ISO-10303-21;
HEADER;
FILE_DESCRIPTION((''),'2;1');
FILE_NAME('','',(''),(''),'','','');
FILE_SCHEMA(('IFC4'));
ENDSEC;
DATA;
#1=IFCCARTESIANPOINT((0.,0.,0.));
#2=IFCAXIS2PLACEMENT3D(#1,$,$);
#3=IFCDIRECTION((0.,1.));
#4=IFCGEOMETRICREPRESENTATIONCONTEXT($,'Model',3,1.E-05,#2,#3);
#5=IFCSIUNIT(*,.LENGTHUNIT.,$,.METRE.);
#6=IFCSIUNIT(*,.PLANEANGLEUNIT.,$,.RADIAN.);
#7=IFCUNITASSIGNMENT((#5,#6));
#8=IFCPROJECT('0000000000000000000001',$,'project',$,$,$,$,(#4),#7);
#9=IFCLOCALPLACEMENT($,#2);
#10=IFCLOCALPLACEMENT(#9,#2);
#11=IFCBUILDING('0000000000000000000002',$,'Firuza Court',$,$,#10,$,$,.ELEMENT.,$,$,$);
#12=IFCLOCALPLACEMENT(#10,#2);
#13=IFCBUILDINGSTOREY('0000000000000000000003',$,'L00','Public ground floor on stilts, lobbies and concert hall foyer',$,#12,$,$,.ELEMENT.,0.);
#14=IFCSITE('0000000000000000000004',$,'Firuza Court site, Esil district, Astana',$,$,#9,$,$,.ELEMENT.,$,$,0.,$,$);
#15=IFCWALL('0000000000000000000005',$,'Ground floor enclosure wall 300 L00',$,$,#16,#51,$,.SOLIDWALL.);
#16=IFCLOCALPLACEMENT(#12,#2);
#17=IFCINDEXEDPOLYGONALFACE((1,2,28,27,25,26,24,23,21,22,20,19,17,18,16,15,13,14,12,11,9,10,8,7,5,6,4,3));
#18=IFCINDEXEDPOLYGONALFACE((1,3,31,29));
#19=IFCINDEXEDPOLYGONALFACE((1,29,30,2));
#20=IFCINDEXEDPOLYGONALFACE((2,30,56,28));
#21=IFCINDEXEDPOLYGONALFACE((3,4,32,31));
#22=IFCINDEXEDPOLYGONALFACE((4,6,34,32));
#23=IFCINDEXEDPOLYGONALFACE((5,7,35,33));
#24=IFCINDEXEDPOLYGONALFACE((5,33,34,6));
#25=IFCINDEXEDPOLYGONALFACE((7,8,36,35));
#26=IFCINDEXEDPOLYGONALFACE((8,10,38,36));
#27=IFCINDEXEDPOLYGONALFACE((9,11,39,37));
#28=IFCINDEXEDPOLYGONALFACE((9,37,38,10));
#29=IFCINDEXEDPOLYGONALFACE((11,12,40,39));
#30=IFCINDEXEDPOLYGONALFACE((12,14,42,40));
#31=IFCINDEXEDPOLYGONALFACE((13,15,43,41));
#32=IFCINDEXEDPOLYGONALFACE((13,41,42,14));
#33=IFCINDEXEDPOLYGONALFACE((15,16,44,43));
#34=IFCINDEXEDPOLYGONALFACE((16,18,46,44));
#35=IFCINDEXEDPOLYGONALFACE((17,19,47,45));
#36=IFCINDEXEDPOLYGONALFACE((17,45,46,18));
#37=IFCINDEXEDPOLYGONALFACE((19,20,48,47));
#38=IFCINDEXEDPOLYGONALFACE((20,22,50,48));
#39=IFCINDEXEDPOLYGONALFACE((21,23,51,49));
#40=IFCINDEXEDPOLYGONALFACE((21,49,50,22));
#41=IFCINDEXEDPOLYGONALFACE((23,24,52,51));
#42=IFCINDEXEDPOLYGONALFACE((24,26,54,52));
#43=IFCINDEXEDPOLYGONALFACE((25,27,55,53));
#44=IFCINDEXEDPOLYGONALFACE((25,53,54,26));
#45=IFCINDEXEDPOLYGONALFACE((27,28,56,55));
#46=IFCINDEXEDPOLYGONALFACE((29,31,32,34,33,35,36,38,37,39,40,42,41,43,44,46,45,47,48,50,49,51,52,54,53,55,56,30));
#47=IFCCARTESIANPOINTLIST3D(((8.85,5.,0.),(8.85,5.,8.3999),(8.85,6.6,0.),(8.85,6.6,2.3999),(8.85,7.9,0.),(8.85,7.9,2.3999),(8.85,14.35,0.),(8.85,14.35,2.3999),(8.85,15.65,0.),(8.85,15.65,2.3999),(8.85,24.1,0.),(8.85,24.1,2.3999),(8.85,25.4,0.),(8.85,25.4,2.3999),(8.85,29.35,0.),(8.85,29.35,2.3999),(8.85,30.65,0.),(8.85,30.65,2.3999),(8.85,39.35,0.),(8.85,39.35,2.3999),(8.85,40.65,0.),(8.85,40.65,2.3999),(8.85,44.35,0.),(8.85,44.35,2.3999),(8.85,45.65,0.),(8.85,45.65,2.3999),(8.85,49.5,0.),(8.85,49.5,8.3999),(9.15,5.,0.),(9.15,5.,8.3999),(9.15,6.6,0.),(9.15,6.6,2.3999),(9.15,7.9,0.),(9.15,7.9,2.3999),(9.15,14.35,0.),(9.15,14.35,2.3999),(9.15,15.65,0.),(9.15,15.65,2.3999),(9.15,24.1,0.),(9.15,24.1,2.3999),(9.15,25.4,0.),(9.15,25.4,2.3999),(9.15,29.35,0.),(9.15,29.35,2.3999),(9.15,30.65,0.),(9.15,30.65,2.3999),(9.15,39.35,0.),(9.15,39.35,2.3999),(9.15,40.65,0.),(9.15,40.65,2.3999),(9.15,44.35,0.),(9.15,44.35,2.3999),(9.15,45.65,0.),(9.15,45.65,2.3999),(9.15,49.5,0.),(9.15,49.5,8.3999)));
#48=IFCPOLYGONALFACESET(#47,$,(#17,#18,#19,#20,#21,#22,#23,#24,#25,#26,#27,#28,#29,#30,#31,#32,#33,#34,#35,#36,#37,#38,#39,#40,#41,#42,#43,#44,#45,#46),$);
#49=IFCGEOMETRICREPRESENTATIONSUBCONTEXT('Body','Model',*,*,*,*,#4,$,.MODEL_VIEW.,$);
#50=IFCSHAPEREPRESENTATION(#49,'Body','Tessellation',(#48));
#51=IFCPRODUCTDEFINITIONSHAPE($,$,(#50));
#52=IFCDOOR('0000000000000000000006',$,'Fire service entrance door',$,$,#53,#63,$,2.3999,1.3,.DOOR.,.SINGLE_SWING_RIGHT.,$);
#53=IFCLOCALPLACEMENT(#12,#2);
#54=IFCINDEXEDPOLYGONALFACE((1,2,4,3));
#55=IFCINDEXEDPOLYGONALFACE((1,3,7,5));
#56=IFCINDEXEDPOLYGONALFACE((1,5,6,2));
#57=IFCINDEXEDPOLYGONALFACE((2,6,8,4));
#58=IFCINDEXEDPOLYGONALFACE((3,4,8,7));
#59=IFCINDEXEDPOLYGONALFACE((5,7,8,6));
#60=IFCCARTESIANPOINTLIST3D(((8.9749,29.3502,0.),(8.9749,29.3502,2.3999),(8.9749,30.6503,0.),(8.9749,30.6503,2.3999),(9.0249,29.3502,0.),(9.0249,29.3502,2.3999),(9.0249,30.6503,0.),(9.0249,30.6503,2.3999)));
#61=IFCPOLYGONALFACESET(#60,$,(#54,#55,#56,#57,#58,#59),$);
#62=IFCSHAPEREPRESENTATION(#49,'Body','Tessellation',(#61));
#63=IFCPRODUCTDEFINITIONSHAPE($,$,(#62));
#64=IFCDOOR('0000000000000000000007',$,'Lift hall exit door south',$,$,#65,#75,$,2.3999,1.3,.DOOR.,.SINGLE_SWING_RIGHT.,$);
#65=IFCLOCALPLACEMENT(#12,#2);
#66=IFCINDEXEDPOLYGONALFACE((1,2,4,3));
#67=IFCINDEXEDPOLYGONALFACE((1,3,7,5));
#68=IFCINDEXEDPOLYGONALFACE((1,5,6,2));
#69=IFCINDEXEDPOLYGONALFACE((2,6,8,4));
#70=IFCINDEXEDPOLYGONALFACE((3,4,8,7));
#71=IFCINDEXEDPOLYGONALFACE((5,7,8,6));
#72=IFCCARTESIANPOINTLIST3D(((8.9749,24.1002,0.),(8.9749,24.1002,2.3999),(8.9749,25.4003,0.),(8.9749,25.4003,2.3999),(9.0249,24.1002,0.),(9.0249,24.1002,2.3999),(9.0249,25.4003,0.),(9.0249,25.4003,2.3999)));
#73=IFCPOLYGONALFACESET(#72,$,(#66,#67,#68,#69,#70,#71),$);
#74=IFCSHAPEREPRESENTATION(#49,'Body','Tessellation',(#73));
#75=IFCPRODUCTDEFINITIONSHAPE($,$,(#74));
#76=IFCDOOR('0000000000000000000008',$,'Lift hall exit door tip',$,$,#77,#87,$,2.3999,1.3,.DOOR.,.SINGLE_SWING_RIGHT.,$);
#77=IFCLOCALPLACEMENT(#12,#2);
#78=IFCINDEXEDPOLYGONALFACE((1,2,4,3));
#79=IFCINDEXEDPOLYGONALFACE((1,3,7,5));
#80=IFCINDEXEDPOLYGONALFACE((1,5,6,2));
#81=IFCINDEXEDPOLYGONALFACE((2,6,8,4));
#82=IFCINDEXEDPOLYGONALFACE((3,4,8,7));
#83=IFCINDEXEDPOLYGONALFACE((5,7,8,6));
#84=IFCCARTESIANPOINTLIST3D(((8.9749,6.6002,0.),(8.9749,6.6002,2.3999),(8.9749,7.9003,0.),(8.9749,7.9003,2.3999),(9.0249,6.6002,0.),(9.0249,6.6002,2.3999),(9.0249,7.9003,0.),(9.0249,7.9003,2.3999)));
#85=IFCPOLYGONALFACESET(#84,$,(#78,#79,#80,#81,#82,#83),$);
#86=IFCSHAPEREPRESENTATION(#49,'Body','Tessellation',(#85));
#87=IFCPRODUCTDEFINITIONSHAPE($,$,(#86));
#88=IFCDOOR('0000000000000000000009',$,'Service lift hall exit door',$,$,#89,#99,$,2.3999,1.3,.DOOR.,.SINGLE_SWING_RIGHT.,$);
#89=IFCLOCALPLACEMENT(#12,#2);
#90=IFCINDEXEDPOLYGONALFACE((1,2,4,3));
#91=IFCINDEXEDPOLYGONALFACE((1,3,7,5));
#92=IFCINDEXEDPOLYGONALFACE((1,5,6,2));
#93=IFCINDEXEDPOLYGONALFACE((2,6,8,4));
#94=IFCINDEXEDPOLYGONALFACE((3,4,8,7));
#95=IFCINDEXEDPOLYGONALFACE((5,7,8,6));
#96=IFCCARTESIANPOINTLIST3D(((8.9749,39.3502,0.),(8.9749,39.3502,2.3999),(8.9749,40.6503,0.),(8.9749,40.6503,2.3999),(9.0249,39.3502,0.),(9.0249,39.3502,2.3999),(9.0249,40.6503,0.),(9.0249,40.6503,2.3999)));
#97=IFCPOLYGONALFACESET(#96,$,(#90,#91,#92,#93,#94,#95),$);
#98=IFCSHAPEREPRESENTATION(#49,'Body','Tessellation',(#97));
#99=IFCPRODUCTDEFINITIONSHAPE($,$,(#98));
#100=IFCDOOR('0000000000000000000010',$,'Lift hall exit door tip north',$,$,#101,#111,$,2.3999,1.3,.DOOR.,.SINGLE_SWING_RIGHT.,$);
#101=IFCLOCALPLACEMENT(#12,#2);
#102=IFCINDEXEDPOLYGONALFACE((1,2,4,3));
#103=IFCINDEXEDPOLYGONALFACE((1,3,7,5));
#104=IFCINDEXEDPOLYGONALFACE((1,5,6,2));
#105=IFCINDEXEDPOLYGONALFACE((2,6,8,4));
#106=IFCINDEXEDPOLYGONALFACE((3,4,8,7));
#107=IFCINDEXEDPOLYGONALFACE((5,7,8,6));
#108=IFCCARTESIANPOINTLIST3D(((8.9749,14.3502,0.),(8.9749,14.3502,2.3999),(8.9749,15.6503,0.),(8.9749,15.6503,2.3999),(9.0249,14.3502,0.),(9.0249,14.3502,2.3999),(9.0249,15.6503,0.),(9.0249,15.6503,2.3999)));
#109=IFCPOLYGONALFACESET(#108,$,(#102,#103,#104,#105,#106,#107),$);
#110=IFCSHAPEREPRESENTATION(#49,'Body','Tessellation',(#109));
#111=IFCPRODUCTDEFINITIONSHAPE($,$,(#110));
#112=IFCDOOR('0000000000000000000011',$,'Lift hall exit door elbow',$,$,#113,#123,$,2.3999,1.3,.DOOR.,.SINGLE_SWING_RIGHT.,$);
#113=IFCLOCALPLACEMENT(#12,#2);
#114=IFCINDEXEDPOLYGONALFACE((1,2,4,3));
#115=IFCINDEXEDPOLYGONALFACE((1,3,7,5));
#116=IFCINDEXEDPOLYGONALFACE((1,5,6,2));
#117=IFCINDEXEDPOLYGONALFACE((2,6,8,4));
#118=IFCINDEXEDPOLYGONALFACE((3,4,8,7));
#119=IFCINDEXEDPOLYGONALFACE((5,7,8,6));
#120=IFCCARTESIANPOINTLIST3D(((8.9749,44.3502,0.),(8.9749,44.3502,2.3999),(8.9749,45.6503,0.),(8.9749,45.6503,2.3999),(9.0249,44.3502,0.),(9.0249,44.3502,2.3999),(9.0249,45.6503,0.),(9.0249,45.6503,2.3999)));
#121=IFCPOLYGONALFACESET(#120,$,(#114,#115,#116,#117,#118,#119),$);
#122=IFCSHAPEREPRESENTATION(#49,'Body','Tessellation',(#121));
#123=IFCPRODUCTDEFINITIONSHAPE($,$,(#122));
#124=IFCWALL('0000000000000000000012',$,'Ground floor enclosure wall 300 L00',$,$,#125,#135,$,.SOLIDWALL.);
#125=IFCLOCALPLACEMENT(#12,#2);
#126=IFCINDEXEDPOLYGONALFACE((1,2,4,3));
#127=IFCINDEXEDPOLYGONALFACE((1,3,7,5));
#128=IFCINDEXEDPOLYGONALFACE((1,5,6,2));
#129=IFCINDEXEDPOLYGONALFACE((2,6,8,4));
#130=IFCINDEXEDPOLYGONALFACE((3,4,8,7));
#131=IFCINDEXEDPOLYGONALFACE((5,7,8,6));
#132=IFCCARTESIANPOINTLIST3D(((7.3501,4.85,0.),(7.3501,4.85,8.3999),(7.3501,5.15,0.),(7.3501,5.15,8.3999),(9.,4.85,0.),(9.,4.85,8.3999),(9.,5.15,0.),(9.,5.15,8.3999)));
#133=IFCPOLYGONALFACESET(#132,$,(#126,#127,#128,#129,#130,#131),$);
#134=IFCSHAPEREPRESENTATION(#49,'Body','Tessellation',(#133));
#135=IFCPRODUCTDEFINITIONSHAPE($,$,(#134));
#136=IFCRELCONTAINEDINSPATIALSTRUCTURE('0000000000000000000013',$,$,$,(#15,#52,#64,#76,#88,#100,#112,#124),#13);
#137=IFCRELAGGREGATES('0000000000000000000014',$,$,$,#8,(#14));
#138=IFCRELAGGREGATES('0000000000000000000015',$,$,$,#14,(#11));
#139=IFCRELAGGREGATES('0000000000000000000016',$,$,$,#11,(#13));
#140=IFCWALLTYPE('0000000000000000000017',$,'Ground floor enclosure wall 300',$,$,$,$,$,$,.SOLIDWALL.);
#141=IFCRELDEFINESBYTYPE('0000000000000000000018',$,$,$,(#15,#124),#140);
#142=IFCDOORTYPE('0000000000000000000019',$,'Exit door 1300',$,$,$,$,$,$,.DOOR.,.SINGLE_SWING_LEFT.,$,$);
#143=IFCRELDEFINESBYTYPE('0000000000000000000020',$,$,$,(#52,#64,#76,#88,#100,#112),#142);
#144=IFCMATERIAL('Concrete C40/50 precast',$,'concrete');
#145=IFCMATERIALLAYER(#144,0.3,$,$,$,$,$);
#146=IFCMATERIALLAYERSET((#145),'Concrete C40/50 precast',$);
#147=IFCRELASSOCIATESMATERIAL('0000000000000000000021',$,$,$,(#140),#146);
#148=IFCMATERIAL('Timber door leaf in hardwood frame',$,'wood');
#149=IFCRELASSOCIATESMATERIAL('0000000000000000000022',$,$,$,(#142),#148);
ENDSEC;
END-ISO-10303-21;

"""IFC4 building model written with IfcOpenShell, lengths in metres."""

from ifc_helpers import new_model, si_unit, direction, frame, frame_2d, origin, place, context, subcontext, project, spatial, rectangle, extrude, material, layer, layer_set, type_object, element, fill, save


model = new_model("IFC4")

# Units and contexts
model_context = context("Model", 3, precision=1e-05, world=origin(), true_north=direction((0.0, 1.0)))
body_context = subcontext(model_context, "Body", "Model", "MODEL_VIEW")
ifc_project = project(units=[si_unit("LENGTHUNIT", "METRE"), si_unit("PLANEANGLEUNIT", "RADIAN")], contexts=[model_context])

# Site, building, storey
site_placement = place(None, origin())
site = spatial("IfcSite", under=ifc_project, at=site_placement, Name="Firuza Court site, Esil district, Astana", CompositionType="ELEMENT", RefElevation=0.0)
building_placement = place(site_placement, origin())
building = spatial("IfcBuilding", under=site, at=building_placement, Name="Firuza Court", CompositionType="ELEMENT")
storey_placement = place(building_placement, origin())
storey = spatial("IfcBuildingStorey", under=building, at=storey_placement, Name="L00", Description="Public ground floor on stilts, lobbies and concert hall foyer", CompositionType="ELEMENT", Elevation=0.0)

# Wall, openings, doors
ifc_material_1 = material(Name="Concrete C40/50 precast", Category="concrete")
ifc_layer_1 = layer(ifc_material_1, 0.3)
ifc_layer_set_1 = layer_set([ifc_layer_1], Name="Concrete C40/50 precast")
wall_type_1 = type_object("IfcWallType", Name="Ground floor enclosure wall 300", PredefinedType="SOLIDWALL", material=ifc_layer_set_1)
wall_1_placement = place(storey_placement, frame((9.0, 5.0, 0.0), z_axis=(0.0, 0.0, 1.0), x_axis=(0.0, 1.0, 0.0)))
wall_1 = element("IfcWall", 1, at=wall_1_placement, inside=storey, type_object=wall_type_1, Name="Ground floor enclosure wall 300 L00", PredefinedType="SOLIDWALL", context=body_context, shape_type="SweptSolid", body=[
    extrude(rectangle(XDim=44.5, YDim=0.3, at=frame_2d((22.25, 0.0))), origin(), (0.0, 0.0, 1.0), 8.3999),
])
opening_1_placement = place(wall_1_placement, frame((24.3501, 0.0, 0.0)))
opening_1 = element("IfcOpeningElement", 2, at=opening_1_placement, cuts=wall_1, PredefinedType="OPENING", context=body_context, shape_type="SweptSolid", body=[
    extrude(rectangle(XDim=1.3, YDim=2.3999, at=frame_2d((0.6499, 1.2))), frame((0.0, 0.1621, 0.0), z_axis=(0.0, -1.0, 0.0), x_axis=(1.0, 0.0, 0.0)), (0.0, 0.0, 1.0), 0.324),
])
opening_2_placement = place(wall_1_placement, frame((19.1001, 0.0, 0.0)))
opening_2 = element("IfcOpeningElement", 3, at=opening_2_placement, cuts=wall_1, PredefinedType="OPENING", context=body_context, shape_type="SweptSolid", body=[
    extrude(rectangle(XDim=1.3, YDim=2.3999, at=frame_2d((0.6499, 1.2))), frame((0.0, 0.1621, 0.0), z_axis=(0.0, -1.0, 0.0), x_axis=(1.0, 0.0, 0.0)), (0.0, 0.0, 1.0), 0.324),
])
opening_3_placement = place(wall_1_placement, frame((1.6001, 0.0, 0.0)))
opening_3 = element("IfcOpeningElement", 4, at=opening_3_placement, cuts=wall_1, PredefinedType="OPENING", context=body_context, shape_type="SweptSolid", body=[
    extrude(rectangle(XDim=1.3, YDim=2.3999, at=frame_2d((0.6499, 1.2))), frame((0.0, 0.1621, 0.0), z_axis=(0.0, -1.0, 0.0), x_axis=(1.0, 0.0, 0.0)), (0.0, 0.0, 1.0), 0.324),
])
opening_4_placement = place(wall_1_placement, frame((34.3501, 0.0, 0.0)))
opening_4 = element("IfcOpeningElement", 5, at=opening_4_placement, cuts=wall_1, PredefinedType="OPENING", context=body_context, shape_type="SweptSolid", body=[
    extrude(rectangle(XDim=1.3, YDim=2.3999, at=frame_2d((0.6499, 1.2))), frame((0.0, 0.1621, 0.0), z_axis=(0.0, -1.0, 0.0), x_axis=(1.0, 0.0, 0.0)), (0.0, 0.0, 1.0), 0.324),
])
opening_5_placement = place(wall_1_placement, frame((9.3501, 0.0, 0.0)))
opening_5 = element("IfcOpeningElement", 6, at=opening_5_placement, cuts=wall_1, PredefinedType="OPENING", context=body_context, shape_type="SweptSolid", body=[
    extrude(rectangle(XDim=1.3, YDim=2.3999, at=frame_2d((0.6499, 1.2))), frame((0.0, 0.1621, 0.0), z_axis=(0.0, -1.0, 0.0), x_axis=(1.0, 0.0, 0.0)), (0.0, 0.0, 1.0), 0.324),
])
opening_6_placement = place(wall_1_placement, frame((39.3501, 0.0, 0.0)))
opening_6 = element("IfcOpeningElement", 7, at=opening_6_placement, cuts=wall_1, PredefinedType="OPENING", context=body_context, shape_type="SweptSolid", body=[
    extrude(rectangle(XDim=1.3, YDim=2.3999, at=frame_2d((0.6499, 1.2))), frame((0.0, 0.1621, 0.0), z_axis=(0.0, -1.0, 0.0), x_axis=(1.0, 0.0, 0.0)), (0.0, 0.0, 1.0), 0.324),
])
ifc_material_2 = material(Name="Timber door leaf in hardwood frame", Category="wood")
door_type_1 = type_object("IfcDoorType", Name="Exit door 1300", OperationType="SINGLE_SWING_LEFT", PredefinedType="DOOR", material=ifc_material_2)
door_1_placement = place(opening_1_placement, frame((1.3, 0.0, 0.0), z_axis=(0.0, 0.0, 1.0), x_axis=(-1.0, 0.0, 0.0)))
door_1 = element("IfcDoor", 8, at=door_1_placement, inside=storey, type_object=door_type_1, Name="Fire service entrance door", OperationType="SINGLE_SWING_RIGHT", OverallHeight=2.3999, OverallWidth=1.3, PredefinedType="DOOR", context=body_context, shape_type="SweptSolid", body=[
    extrude(rectangle(XDim=1.3, YDim=2.3999, at=frame_2d((0.6499, 1.2))), frame((0.0, 0.0249, 0.0), z_axis=(0.0, -1.0, 0.0), x_axis=(1.0, 0.0, 0.0)), (0.0, 0.0, 1.0), 0.05),
])
fill(opening_1, door_1)
door_2_placement = place(opening_2_placement, frame((1.3, 0.0, 0.0), z_axis=(0.0, 0.0, 1.0), x_axis=(-1.0, 0.0, 0.0)))
door_2 = element("IfcDoor", 9, at=door_2_placement, inside=storey, type_object=door_type_1, Name="Lift hall exit door south", OperationType="SINGLE_SWING_RIGHT", OverallHeight=2.3999, OverallWidth=1.3, PredefinedType="DOOR", context=body_context, shape_type="SweptSolid", body=[
    extrude(rectangle(XDim=1.3, YDim=2.3999, at=frame_2d((0.6499, 1.2))), frame((0.0, 0.0249, 0.0), z_axis=(0.0, -1.0, 0.0), x_axis=(1.0, 0.0, 0.0)), (0.0, 0.0, 1.0), 0.05),
])
fill(opening_2, door_2)
door_3_placement = place(opening_3_placement, frame((1.3, 0.0, 0.0), z_axis=(0.0, 0.0, 1.0), x_axis=(-1.0, 0.0, 0.0)))
door_3 = element("IfcDoor", 10, at=door_3_placement, inside=storey, type_object=door_type_1, Name="Lift hall exit door tip", OperationType="SINGLE_SWING_RIGHT", OverallHeight=2.3999, OverallWidth=1.3, PredefinedType="DOOR", context=body_context, shape_type="SweptSolid", body=[
    extrude(rectangle(XDim=1.3, YDim=2.3999, at=frame_2d((0.6499, 1.2))), frame((0.0, 0.0249, 0.0), z_axis=(0.0, -1.0, 0.0), x_axis=(1.0, 0.0, 0.0)), (0.0, 0.0, 1.0), 0.05),
])
fill(opening_3, door_3)
door_4_placement = place(opening_4_placement, frame((1.3, 0.0, 0.0), z_axis=(0.0, 0.0, 1.0), x_axis=(-1.0, 0.0, 0.0)))
door_4 = element("IfcDoor", 11, at=door_4_placement, inside=storey, type_object=door_type_1, Name="Service lift hall exit door", OperationType="SINGLE_SWING_RIGHT", OverallHeight=2.3999, OverallWidth=1.3, PredefinedType="DOOR", context=body_context, shape_type="SweptSolid", body=[
    extrude(rectangle(XDim=1.3, YDim=2.3999, at=frame_2d((0.6499, 1.2))), frame((0.0, 0.0249, 0.0), z_axis=(0.0, -1.0, 0.0), x_axis=(1.0, 0.0, 0.0)), (0.0, 0.0, 1.0), 0.05),
])
fill(opening_4, door_4)
door_5_placement = place(opening_5_placement, frame((1.3, 0.0, 0.0), z_axis=(0.0, 0.0, 1.0), x_axis=(-1.0, 0.0, 0.0)))
door_5 = element("IfcDoor", 12, at=door_5_placement, inside=storey, type_object=door_type_1, Name="Lift hall exit door tip north", OperationType="SINGLE_SWING_RIGHT", OverallHeight=2.3999, OverallWidth=1.3, PredefinedType="DOOR", context=body_context, shape_type="SweptSolid", body=[
    extrude(rectangle(XDim=1.3, YDim=2.3999, at=frame_2d((0.6499, 1.2))), frame((0.0, 0.0249, 0.0), z_axis=(0.0, -1.0, 0.0), x_axis=(1.0, 0.0, 0.0)), (0.0, 0.0, 1.0), 0.05),
])
fill(opening_5, door_5)
door_6_placement = place(opening_6_placement, frame((1.3, 0.0, 0.0), z_axis=(0.0, 0.0, 1.0), x_axis=(-1.0, 0.0, 0.0)))
door_6 = element("IfcDoor", 13, at=door_6_placement, inside=storey, type_object=door_type_1, Name="Lift hall exit door elbow", OperationType="SINGLE_SWING_RIGHT", OverallHeight=2.3999, OverallWidth=1.3, PredefinedType="DOOR", context=body_context, shape_type="SweptSolid", body=[
    extrude(rectangle(XDim=1.3, YDim=2.3999, at=frame_2d((0.6499, 1.2))), frame((0.0, 0.0249, 0.0), z_axis=(0.0, -1.0, 0.0), x_axis=(1.0, 0.0, 0.0)), (0.0, 0.0, 1.0), 0.05),
])
fill(opening_6, door_6)

# Wall
wall_2_placement = place(storey_placement, frame((7.3501, 5.0, 0.0), z_axis=(0.0, 0.0, 1.0), x_axis=(1.0, 0.0, 0.0)))
element("IfcWall", 14, at=wall_2_placement, inside=storey, type_object=wall_type_1, Name="Ground floor enclosure wall 300 L00", PredefinedType="SOLIDWALL", context=body_context, shape_type="SweptSolid", body=[
    extrude(rectangle(XDim=1.6499, YDim=0.3, at=frame_2d((0.825, 0.0))), origin(), (0.0, 0.0, 1.0), 8.3999),
])

save(model, "model.ifc")
